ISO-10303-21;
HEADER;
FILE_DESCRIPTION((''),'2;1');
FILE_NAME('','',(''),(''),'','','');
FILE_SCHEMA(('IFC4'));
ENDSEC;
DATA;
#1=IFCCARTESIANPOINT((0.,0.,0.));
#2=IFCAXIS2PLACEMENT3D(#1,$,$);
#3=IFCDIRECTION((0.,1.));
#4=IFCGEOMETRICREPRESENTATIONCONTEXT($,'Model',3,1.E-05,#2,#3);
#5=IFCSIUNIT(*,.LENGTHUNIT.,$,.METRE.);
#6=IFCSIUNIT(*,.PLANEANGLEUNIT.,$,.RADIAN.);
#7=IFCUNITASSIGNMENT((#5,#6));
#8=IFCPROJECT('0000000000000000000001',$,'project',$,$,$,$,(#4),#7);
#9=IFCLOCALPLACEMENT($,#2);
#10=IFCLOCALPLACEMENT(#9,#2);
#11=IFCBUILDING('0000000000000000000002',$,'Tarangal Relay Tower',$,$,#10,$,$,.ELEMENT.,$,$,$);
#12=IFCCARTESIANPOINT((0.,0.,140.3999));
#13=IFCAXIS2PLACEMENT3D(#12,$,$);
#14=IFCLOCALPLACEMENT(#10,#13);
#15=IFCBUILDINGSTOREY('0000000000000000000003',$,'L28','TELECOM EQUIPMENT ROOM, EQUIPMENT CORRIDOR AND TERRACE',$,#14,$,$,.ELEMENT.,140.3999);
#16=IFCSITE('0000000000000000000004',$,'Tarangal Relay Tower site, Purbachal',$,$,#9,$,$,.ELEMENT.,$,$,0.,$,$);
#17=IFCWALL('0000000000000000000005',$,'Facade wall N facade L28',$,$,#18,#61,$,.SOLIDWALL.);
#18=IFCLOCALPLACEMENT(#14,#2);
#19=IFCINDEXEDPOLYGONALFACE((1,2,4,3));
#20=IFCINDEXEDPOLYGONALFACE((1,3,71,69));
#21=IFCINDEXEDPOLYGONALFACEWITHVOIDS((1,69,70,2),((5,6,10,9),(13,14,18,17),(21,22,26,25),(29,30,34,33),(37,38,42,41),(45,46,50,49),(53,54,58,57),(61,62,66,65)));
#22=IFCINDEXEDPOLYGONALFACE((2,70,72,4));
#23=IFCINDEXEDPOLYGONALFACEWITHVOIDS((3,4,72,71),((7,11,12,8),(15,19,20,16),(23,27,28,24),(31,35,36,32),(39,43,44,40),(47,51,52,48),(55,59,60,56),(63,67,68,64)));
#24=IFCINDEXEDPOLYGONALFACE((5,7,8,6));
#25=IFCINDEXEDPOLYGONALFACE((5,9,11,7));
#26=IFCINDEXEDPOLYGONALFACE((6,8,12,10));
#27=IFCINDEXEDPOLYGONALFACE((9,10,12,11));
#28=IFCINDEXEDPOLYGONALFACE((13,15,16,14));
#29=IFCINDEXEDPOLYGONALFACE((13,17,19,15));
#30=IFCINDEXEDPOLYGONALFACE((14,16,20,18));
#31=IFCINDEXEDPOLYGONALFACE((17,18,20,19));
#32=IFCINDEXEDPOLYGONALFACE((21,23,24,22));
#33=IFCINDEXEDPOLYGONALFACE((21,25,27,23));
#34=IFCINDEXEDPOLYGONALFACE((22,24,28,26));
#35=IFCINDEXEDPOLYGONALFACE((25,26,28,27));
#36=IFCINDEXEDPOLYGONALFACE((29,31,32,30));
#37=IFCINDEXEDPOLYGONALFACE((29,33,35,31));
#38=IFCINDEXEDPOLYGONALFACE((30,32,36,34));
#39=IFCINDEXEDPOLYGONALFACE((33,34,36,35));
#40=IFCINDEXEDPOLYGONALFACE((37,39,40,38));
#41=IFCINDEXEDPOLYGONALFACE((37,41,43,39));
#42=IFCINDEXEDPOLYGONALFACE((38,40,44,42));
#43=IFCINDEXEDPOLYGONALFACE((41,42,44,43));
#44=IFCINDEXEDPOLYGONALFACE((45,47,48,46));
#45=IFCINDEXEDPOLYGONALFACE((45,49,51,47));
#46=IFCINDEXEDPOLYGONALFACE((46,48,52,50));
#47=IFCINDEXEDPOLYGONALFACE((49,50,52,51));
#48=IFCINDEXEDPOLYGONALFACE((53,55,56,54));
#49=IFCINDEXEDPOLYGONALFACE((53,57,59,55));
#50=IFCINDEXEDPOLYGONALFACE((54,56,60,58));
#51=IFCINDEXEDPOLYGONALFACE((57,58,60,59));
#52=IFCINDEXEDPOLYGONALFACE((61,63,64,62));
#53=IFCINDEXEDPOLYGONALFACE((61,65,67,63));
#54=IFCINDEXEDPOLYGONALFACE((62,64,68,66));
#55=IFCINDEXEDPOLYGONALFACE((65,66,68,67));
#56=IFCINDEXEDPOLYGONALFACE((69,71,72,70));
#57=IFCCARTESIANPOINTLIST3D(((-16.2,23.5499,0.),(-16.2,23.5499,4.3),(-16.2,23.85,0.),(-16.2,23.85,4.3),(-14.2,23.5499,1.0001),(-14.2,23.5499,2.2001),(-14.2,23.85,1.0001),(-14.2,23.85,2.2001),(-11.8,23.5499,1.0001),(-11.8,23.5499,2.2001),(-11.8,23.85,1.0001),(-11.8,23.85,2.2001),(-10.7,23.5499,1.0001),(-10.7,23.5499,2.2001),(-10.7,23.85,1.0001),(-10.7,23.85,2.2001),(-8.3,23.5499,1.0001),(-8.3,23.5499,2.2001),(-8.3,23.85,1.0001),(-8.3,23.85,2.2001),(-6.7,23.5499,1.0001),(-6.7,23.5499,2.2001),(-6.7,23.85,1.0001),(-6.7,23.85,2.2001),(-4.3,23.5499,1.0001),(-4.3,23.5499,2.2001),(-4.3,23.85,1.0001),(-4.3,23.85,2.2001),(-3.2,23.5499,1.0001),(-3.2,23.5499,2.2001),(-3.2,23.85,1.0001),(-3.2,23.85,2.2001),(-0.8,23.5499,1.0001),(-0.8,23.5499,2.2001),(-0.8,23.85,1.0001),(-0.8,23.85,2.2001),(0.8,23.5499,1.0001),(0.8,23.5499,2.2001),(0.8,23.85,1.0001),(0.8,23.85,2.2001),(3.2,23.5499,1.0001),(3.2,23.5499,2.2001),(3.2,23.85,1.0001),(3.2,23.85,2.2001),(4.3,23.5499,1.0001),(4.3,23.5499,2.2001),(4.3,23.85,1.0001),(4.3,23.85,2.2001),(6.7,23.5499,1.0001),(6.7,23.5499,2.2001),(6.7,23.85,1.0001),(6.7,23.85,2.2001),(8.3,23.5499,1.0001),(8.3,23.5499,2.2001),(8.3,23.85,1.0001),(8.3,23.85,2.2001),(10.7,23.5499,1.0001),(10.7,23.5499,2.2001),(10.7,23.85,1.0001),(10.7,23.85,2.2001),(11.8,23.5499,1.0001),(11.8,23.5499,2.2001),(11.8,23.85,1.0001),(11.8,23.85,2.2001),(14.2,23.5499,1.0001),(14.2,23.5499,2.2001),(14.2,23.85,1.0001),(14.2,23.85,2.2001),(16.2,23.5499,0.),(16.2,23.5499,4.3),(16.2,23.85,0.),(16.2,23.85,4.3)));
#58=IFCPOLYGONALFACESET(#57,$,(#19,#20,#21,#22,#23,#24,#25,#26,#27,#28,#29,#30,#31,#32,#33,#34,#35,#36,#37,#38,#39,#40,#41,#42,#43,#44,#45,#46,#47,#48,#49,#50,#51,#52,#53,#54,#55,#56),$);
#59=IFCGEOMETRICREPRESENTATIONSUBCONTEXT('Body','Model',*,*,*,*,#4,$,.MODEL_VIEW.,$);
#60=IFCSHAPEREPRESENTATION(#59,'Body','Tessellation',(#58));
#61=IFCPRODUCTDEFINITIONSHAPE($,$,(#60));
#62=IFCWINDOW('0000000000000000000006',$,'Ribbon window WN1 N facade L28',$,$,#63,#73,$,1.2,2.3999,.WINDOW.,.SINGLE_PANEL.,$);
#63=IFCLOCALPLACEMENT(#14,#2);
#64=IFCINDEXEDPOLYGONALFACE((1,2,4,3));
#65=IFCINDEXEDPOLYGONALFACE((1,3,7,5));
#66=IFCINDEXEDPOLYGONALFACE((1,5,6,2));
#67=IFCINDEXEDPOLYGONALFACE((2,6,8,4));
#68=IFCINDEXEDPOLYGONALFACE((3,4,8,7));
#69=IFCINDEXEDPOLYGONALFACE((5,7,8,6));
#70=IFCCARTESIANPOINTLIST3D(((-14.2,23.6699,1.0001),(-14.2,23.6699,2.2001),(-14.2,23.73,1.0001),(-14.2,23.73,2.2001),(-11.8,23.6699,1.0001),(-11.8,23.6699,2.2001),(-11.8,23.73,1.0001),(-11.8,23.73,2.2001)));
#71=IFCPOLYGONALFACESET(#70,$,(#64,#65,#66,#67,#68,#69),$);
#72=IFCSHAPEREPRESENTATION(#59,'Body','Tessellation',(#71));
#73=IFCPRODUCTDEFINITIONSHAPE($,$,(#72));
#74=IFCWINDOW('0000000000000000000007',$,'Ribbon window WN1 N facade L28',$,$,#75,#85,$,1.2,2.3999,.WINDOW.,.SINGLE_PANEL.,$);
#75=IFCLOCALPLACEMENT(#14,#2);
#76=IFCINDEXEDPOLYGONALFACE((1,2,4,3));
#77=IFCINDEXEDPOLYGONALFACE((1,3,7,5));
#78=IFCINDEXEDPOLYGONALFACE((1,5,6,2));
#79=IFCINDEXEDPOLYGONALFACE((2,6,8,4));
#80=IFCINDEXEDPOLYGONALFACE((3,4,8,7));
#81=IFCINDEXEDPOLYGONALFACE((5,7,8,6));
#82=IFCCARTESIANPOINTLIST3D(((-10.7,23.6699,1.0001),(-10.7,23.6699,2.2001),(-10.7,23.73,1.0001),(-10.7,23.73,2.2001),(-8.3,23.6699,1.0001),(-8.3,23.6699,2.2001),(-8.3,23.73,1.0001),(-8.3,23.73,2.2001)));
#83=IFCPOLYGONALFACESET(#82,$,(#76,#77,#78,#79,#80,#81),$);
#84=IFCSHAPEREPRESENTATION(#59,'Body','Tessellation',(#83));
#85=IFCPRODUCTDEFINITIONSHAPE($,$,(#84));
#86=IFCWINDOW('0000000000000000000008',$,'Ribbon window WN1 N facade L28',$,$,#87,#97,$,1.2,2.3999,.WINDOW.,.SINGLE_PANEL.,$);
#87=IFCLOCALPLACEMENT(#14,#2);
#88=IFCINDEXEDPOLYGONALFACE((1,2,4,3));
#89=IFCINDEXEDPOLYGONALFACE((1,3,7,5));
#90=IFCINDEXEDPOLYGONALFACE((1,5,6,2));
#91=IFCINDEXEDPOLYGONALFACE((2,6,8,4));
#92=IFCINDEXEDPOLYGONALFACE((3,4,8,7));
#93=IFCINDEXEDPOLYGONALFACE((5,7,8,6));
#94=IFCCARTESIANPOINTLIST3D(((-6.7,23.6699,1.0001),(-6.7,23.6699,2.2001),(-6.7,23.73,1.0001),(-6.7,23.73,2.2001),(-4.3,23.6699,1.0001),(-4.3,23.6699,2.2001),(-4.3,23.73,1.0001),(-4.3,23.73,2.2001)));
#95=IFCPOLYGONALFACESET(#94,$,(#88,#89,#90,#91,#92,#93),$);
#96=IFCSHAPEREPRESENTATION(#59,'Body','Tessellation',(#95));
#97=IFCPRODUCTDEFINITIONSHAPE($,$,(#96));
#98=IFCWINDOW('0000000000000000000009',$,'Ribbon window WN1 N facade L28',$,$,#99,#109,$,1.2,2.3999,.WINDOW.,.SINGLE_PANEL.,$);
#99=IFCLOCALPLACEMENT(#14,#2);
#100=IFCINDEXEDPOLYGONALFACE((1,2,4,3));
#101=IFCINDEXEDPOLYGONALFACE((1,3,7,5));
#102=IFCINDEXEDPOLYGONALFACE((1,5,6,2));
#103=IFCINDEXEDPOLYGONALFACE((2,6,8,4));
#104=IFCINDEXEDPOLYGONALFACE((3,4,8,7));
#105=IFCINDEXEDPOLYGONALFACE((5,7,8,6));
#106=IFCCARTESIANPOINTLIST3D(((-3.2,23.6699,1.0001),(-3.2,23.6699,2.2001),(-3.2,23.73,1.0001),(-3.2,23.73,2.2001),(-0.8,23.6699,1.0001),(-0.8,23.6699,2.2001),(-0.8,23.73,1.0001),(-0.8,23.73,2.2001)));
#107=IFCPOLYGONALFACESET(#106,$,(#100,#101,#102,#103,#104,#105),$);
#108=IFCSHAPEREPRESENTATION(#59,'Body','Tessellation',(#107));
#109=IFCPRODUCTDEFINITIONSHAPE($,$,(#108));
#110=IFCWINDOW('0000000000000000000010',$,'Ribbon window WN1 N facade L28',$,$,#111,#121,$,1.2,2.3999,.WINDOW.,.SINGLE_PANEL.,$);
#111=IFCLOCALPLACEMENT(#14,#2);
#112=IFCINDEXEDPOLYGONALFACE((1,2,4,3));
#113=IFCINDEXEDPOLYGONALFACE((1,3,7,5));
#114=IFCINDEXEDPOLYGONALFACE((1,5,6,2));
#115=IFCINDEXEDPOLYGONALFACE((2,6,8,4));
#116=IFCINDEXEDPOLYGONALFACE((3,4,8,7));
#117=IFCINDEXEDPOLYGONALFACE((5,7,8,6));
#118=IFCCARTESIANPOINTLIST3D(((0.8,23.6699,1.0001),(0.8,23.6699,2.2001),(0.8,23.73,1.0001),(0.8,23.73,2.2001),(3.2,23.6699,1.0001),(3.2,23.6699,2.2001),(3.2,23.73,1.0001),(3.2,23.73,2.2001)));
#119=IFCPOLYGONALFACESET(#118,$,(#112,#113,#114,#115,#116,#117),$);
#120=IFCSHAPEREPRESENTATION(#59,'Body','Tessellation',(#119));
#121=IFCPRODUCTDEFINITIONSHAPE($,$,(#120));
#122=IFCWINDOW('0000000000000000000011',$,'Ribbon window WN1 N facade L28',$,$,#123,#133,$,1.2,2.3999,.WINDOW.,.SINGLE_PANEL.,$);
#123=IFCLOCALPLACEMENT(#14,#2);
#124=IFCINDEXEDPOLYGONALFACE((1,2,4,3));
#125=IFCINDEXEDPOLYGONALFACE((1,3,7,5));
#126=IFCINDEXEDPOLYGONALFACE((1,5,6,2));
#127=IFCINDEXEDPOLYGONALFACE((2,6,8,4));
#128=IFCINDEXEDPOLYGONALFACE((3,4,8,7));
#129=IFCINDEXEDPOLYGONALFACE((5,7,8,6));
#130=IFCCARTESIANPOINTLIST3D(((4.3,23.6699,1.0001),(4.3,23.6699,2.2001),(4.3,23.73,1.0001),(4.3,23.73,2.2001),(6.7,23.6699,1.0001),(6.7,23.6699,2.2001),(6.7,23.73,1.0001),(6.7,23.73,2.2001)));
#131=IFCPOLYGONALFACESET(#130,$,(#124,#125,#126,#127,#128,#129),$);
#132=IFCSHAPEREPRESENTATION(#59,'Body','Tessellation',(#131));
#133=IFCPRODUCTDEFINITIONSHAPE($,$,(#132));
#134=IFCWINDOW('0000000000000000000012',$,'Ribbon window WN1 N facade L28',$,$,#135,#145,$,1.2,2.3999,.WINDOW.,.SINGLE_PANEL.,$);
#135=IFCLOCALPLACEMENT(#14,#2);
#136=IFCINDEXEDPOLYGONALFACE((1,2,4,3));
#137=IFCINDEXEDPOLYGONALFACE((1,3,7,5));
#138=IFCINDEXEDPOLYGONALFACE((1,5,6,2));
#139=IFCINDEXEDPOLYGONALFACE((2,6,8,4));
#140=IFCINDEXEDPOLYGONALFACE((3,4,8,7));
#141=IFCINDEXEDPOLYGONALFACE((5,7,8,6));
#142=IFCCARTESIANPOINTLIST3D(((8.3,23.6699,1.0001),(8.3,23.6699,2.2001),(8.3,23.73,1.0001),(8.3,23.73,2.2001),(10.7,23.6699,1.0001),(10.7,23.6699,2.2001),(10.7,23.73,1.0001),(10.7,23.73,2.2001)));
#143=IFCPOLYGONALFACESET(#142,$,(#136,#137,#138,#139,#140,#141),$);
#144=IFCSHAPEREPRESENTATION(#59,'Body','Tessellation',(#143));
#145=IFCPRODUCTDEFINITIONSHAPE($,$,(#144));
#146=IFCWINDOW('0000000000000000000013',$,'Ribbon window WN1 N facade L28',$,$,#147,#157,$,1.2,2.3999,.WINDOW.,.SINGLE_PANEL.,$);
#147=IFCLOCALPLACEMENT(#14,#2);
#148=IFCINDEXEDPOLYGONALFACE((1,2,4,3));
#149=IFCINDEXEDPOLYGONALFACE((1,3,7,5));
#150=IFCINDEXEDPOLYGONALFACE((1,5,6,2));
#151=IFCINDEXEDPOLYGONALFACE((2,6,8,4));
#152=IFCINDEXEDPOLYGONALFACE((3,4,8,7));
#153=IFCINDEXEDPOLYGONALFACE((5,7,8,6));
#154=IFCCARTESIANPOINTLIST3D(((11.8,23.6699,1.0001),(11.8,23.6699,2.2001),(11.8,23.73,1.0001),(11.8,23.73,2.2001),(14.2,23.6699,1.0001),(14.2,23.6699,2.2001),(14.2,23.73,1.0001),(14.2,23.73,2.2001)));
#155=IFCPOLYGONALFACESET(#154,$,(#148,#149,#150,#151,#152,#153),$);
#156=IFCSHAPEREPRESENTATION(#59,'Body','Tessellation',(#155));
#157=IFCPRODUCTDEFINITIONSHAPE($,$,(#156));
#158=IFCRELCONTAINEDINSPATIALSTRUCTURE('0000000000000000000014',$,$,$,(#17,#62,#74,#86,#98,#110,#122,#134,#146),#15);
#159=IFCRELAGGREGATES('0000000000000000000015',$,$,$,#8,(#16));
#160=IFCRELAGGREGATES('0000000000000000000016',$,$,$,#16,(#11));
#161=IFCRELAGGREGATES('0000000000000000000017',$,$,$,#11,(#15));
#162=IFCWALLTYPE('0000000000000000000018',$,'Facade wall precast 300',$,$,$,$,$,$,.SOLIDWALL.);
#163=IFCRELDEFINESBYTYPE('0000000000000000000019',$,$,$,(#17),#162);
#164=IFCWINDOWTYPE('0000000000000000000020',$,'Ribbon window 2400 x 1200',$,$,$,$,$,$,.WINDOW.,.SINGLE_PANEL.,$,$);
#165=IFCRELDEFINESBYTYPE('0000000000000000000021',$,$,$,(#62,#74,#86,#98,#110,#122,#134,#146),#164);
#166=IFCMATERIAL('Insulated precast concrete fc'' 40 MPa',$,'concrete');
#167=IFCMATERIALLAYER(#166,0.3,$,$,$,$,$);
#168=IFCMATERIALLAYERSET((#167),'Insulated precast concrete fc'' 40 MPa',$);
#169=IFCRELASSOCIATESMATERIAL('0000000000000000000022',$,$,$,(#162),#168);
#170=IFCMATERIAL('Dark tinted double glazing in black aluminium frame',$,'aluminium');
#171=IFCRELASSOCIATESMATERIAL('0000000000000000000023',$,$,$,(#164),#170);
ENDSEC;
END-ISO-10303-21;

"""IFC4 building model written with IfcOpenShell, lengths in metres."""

from ifc_helpers import new_model, si_unit, direction, frame, frame_2d, origin, place, context, subcontext, project, spatial, rectangle, extrude, material, layer, layer_set, type_object, element, fill, save


model = new_model("IFC4")

# Units and contexts
model_context = context("Model", 3, precision=1e-05, world=origin(), true_north=direction((0.0, 1.0)))
body_context = subcontext(model_context, "Body", "Model", "MODEL_VIEW")
ifc_project = project(units=[si_unit("LENGTHUNIT", "METRE"), si_unit("PLANEANGLEUNIT", "RADIAN")], contexts=[model_context])

# Site, building, storey
site_placement = place(None, origin())
site = spatial("IfcSite", under=ifc_project, at=site_placement, Name="Tarangal Relay Tower site, Purbachal", CompositionType="ELEMENT", RefElevation=0.0)
building_placement = place(site_placement, origin())
building = spatial("IfcBuilding", under=site, at=building_placement, Name="Tarangal Relay Tower", CompositionType="ELEMENT")
storey_placement = place(building_placement, frame((0.0, 0.0, 140.3999)))
storey = spatial("IfcBuildingStorey", under=building, at=storey_placement, Name="L28", Description="TELECOM EQUIPMENT ROOM, EQUIPMENT CORRIDOR AND TERRACE", CompositionType="ELEMENT", Elevation=140.3999)

# Wall, openings, windows
ifc_material_1 = material(Name="Insulated precast concrete fc' 40 MPa", Category="concrete")
ifc_layer_1 = layer(ifc_material_1, 0.3)
ifc_layer_set_1 = layer_set([ifc_layer_1], Name="Insulated precast concrete fc' 40 MPa")
wall_type_1 = type_object("IfcWallType", Name="Facade wall precast 300", PredefinedType="SOLIDWALL", material=ifc_layer_set_1)
wall_1_placement = place(storey_placement, frame((-16.2, 23.7, 0.0), z_axis=(0.0, 0.0, 1.0), x_axis=(1.0, 0.0, 0.0)))
wall_1 = element("IfcWall", 1, at=wall_1_placement, inside=storey, type_object=wall_type_1, Name="Facade wall N facade L28", PredefinedType="SOLIDWALL", context=body_context, shape_type="SweptSolid", body=[
    extrude(rectangle(XDim=32.3999, YDim=0.3, at=frame_2d((16.2, 0.0))), origin(), (0.0, 0.0, 1.0), 4.3),
])
opening_1_placement = place(wall_1_placement, frame((2.0, 0.0, 1.0)))
opening_1 = element("IfcOpeningElement", 2, at=opening_1_placement, cuts=wall_1, PredefinedType="OPENING", context=body_context, shape_type="SweptSolid", body=[
    extrude(rectangle(XDim=2.3999, YDim=1.2, at=frame_2d((1.2, 0.6001))), frame((0.0, 0.1599, 0.0), z_axis=(0.0, -1.0, 0.0), x_axis=(1.0, 0.0, 0.0)), (0.0, 0.0, 1.0), 0.3201),
])
opening_2_placement = place(wall_1_placement, frame((5.5, 0.0, 1.0)))
opening_2 = element("IfcOpeningElement", 3, at=opening_2_placement, cuts=wall_1, PredefinedType="OPENING", context=body_context, shape_type="SweptSolid", body=[
    extrude(rectangle(XDim=2.3999, YDim=1.2, at=frame_2d((1.2, 0.6001))), frame((0.0, 0.1599, 0.0), z_axis=(0.0, -1.0, 0.0), x_axis=(1.0, 0.0, 0.0)), (0.0, 0.0, 1.0), 0.3201),
])
opening_3_placement = place(wall_1_placement, frame((9.5, 0.0, 1.0)))
opening_3 = element("IfcOpeningElement", 4, at=opening_3_placement, cuts=wall_1, PredefinedType="OPENING", context=body_context, shape_type="SweptSolid", body=[
    extrude(rectangle(XDim=2.3999, YDim=1.2, at=frame_2d((1.2, 0.6001))), frame((0.0, 0.1599, 0.0), z_axis=(0.0, -1.0, 0.0), x_axis=(1.0, 0.0, 0.0)), (0.0, 0.0, 1.0), 0.3201),
])
opening_4_placement = place(wall_1_placement, frame((13.0, 0.0, 1.0)))
opening_4 = element("IfcOpeningElement", 5, at=opening_4_placement, cuts=wall_1, PredefinedType="OPENING", context=body_context, shape_type="SweptSolid", body=[
    extrude(rectangle(XDim=2.3999, YDim=1.2, at=frame_2d((1.2, 0.6001))), frame((0.0, 0.1599, 0.0), z_axis=(0.0, -1.0, 0.0), x_axis=(1.0, 0.0, 0.0)), (0.0, 0.0, 1.0), 0.3201),
])
opening_5_placement = place(wall_1_placement, frame((17.0, 0.0, 1.0)))
opening_5 = element("IfcOpeningElement", 6, at=opening_5_placement, cuts=wall_1, PredefinedType="OPENING", context=body_context, shape_type="SweptSolid", body=[
    extrude(rectangle(XDim=2.3999, YDim=1.2, at=frame_2d((1.2, 0.6001))), frame((0.0, 0.1599, 0.0), z_axis=(0.0, -1.0, 0.0), x_axis=(1.0, 0.0, 0.0)), (0.0, 0.0, 1.0), 0.3201),
])
opening_6_placement = place(wall_1_placement, frame((20.5, 0.0, 1.0)))
opening_6 = element("IfcOpeningElement", 7, at=opening_6_placement, cuts=wall_1, PredefinedType="OPENING", context=body_context, shape_type="SweptSolid", body=[
    extrude(rectangle(XDim=2.3999, YDim=1.2, at=frame_2d((1.2, 0.6001))), frame((0.0, 0.1599, 0.0), z_axis=(0.0, -1.0, 0.0), x_axis=(1.0, 0.0, 0.0)), (0.0, 0.0, 1.0), 0.3201),
])
opening_7_placement = place(wall_1_placement, frame((24.5, 0.0, 1.0)))
opening_7 = element("IfcOpeningElement", 8, at=opening_7_placement, cuts=wall_1, PredefinedType="OPENING", context=body_context, shape_type="SweptSolid", body=[
    extrude(rectangle(XDim=2.3999, YDim=1.2, at=frame_2d((1.2, 0.6001))), frame((0.0, 0.1599, 0.0), z_axis=(0.0, -1.0, 0.0), x_axis=(1.0, 0.0, 0.0)), (0.0, 0.0, 1.0), 0.3201),
])
opening_8_placement = place(wall_1_placement, frame((28.0, 0.0, 1.0)))
opening_8 = element("IfcOpeningElement", 9, at=opening_8_placement, cuts=wall_1, PredefinedType="OPENING", context=body_context, shape_type="SweptSolid", body=[
    extrude(rectangle(XDim=2.3999, YDim=1.2, at=frame_2d((1.2, 0.6001))), frame((0.0, 0.1599, 0.0), z_axis=(0.0, -1.0, 0.0), x_axis=(1.0, 0.0, 0.0)), (0.0, 0.0, 1.0), 0.3201),
])
ifc_material_2 = material(Name="Dark tinted double glazing in black aluminium frame", Category="aluminium")
window_type = type_object("IfcWindowType", Name="Ribbon window 2400 x 1200", PartitioningType="SINGLE_PANEL", PredefinedType="WINDOW", material=ifc_material_2)
window_1_placement = place(opening_1_placement, origin())
window_1 = element("IfcWindow", 10, at=window_1_placement, inside=storey, type_object=window_type, Name="Ribbon window WN1 N facade L28", OverallHeight=1.2, OverallWidth=2.3999, PartitioningType="SINGLE_PANEL", PredefinedType="WINDOW", context=body_context, shape_type="SweptSolid", body=[
    extrude(rectangle(XDim=2.3999, YDim=1.2, at=frame_2d((1.2, 0.6001))), frame((0.0, 0.03, 0.0), z_axis=(0.0, -1.0, 0.0), x_axis=(1.0, 0.0, 0.0)), (0.0, 0.0, 1.0), 0.0601),
])
fill(opening_1, window_1)
window_2_placement = place(opening_2_placement, origin())
window_2 = element("IfcWindow", 11, at=window_2_placement, inside=storey, type_object=window_type, Name="Ribbon window WN1 N facade L28", OverallHeight=1.2, OverallWidth=2.3999, PartitioningType="SINGLE_PANEL", PredefinedType="WINDOW", context=body_context, shape_type="SweptSolid", body=[
    extrude(rectangle(XDim=2.3999, YDim=1.2, at=frame_2d((1.2, 0.6001))), frame((0.0, 0.03, 0.0), z_axis=(0.0, -1.0, 0.0), x_axis=(1.0, 0.0, 0.0)), (0.0, 0.0, 1.0), 0.0601),
])
fill(opening_2, window_2)
window_3_placement = place(opening_3_placement, origin())
window_3 = element("IfcWindow", 12, at=window_3_placement, inside=storey, type_object=window_type, Name="Ribbon window WN1 N facade L28", OverallHeight=1.2, OverallWidth=2.3999, PartitioningType="SINGLE_PANEL", PredefinedType="WINDOW", context=body_context, shape_type="SweptSolid", body=[
    extrude(rectangle(XDim=2.3999, YDim=1.2, at=frame_2d((1.2, 0.6001))), frame((0.0, 0.03, 0.0), z_axis=(0.0, -1.0, 0.0), x_axis=(1.0, 0.0, 0.0)), (0.0, 0.0, 1.0), 0.0601),
])
fill(opening_3, window_3)
window_4_placement = place(opening_4_placement, origin())
window_4 = element("IfcWindow", 13, at=window_4_placement, inside=storey, type_object=window_type, Name="Ribbon window WN1 N facade L28", OverallHeight=1.2, OverallWidth=2.3999, PartitioningType="SINGLE_PANEL", PredefinedType="WINDOW", context=body_context, shape_type="SweptSolid", body=[
    extrude(rectangle(XDim=2.3999, YDim=1.2, at=frame_2d((1.2, 0.6001))), frame((0.0, 0.03, 0.0), z_axis=(0.0, -1.0, 0.0), x_axis=(1.0, 0.0, 0.0)), (0.0, 0.0, 1.0), 0.0601),
])
fill(opening_4, window_4)
window_5_placement = place(opening_5_placement, origin())
window_5 = element("IfcWindow", 14, at=window_5_placement, inside=storey, type_object=window_type, Name="Ribbon window WN1 N facade L28", OverallHeight=1.2, OverallWidth=2.3999, PartitioningType="SINGLE_PANEL", PredefinedType="WINDOW", context=body_context, shape_type="SweptSolid", body=[
    extrude(rectangle(XDim=2.3999, YDim=1.2, at=frame_2d((1.2, 0.6001))), frame((0.0, 0.03, 0.0), z_axis=(0.0, -1.0, 0.0), x_axis=(1.0, 0.0, 0.0)), (0.0, 0.0, 1.0), 0.0601),
])
fill(opening_5, window_5)
window_6_placement = place(opening_6_placement, origin())
window_6 = element("IfcWindow", 15, at=window_6_placement, inside=storey, type_object=window_type, Name="Ribbon window WN1 N facade L28", OverallHeight=1.2, OverallWidth=2.3999, PartitioningType="SINGLE_PANEL", PredefinedType="WINDOW", context=body_context, shape_type="SweptSolid", body=[
    extrude(rectangle(XDim=2.3999, YDim=1.2, at=frame_2d((1.2, 0.6001))), frame((0.0, 0.03, 0.0), z_axis=(0.0, -1.0, 0.0), x_axis=(1.0, 0.0, 0.0)), (0.0, 0.0, 1.0), 0.0601),
])
fill(opening_6, window_6)
window_7_placement = place(opening_7_placement, origin())
window_7 = element("IfcWindow", 16, at=window_7_placement, inside=storey, type_object=window_type, Name="Ribbon window WN1 N facade L28", OverallHeight=1.2, OverallWidth=2.3999, PartitioningType="SINGLE_PANEL", PredefinedType="WINDOW", context=body_context, shape_type="SweptSolid", body=[
    extrude(rectangle(XDim=2.3999, YDim=1.2, at=frame_2d((1.2, 0.6001))), frame((0.0, 0.03, 0.0), z_axis=(0.0, -1.0, 0.0), x_axis=(1.0, 0.0, 0.0)), (0.0, 0.0, 1.0), 0.0601),
])
fill(opening_7, window_7)
window_8_placement = place(opening_8_placement, origin())
window_8 = element("IfcWindow", 17, at=window_8_placement, inside=storey, type_object=window_type, Name="Ribbon window WN1 N facade L28", OverallHeight=1.2, OverallWidth=2.3999, PartitioningType="SINGLE_PANEL", PredefinedType="WINDOW", context=body_context, shape_type="SweptSolid", body=[
    extrude(rectangle(XDim=2.3999, YDim=1.2, at=frame_2d((1.2, 0.6001))), frame((0.0, 0.03, 0.0), z_axis=(0.0, -1.0, 0.0), x_axis=(1.0, 0.0, 0.0)), (0.0, 0.0, 1.0), 0.0601),
])
fill(opening_8, window_8)

save(model, "model.ifc")
